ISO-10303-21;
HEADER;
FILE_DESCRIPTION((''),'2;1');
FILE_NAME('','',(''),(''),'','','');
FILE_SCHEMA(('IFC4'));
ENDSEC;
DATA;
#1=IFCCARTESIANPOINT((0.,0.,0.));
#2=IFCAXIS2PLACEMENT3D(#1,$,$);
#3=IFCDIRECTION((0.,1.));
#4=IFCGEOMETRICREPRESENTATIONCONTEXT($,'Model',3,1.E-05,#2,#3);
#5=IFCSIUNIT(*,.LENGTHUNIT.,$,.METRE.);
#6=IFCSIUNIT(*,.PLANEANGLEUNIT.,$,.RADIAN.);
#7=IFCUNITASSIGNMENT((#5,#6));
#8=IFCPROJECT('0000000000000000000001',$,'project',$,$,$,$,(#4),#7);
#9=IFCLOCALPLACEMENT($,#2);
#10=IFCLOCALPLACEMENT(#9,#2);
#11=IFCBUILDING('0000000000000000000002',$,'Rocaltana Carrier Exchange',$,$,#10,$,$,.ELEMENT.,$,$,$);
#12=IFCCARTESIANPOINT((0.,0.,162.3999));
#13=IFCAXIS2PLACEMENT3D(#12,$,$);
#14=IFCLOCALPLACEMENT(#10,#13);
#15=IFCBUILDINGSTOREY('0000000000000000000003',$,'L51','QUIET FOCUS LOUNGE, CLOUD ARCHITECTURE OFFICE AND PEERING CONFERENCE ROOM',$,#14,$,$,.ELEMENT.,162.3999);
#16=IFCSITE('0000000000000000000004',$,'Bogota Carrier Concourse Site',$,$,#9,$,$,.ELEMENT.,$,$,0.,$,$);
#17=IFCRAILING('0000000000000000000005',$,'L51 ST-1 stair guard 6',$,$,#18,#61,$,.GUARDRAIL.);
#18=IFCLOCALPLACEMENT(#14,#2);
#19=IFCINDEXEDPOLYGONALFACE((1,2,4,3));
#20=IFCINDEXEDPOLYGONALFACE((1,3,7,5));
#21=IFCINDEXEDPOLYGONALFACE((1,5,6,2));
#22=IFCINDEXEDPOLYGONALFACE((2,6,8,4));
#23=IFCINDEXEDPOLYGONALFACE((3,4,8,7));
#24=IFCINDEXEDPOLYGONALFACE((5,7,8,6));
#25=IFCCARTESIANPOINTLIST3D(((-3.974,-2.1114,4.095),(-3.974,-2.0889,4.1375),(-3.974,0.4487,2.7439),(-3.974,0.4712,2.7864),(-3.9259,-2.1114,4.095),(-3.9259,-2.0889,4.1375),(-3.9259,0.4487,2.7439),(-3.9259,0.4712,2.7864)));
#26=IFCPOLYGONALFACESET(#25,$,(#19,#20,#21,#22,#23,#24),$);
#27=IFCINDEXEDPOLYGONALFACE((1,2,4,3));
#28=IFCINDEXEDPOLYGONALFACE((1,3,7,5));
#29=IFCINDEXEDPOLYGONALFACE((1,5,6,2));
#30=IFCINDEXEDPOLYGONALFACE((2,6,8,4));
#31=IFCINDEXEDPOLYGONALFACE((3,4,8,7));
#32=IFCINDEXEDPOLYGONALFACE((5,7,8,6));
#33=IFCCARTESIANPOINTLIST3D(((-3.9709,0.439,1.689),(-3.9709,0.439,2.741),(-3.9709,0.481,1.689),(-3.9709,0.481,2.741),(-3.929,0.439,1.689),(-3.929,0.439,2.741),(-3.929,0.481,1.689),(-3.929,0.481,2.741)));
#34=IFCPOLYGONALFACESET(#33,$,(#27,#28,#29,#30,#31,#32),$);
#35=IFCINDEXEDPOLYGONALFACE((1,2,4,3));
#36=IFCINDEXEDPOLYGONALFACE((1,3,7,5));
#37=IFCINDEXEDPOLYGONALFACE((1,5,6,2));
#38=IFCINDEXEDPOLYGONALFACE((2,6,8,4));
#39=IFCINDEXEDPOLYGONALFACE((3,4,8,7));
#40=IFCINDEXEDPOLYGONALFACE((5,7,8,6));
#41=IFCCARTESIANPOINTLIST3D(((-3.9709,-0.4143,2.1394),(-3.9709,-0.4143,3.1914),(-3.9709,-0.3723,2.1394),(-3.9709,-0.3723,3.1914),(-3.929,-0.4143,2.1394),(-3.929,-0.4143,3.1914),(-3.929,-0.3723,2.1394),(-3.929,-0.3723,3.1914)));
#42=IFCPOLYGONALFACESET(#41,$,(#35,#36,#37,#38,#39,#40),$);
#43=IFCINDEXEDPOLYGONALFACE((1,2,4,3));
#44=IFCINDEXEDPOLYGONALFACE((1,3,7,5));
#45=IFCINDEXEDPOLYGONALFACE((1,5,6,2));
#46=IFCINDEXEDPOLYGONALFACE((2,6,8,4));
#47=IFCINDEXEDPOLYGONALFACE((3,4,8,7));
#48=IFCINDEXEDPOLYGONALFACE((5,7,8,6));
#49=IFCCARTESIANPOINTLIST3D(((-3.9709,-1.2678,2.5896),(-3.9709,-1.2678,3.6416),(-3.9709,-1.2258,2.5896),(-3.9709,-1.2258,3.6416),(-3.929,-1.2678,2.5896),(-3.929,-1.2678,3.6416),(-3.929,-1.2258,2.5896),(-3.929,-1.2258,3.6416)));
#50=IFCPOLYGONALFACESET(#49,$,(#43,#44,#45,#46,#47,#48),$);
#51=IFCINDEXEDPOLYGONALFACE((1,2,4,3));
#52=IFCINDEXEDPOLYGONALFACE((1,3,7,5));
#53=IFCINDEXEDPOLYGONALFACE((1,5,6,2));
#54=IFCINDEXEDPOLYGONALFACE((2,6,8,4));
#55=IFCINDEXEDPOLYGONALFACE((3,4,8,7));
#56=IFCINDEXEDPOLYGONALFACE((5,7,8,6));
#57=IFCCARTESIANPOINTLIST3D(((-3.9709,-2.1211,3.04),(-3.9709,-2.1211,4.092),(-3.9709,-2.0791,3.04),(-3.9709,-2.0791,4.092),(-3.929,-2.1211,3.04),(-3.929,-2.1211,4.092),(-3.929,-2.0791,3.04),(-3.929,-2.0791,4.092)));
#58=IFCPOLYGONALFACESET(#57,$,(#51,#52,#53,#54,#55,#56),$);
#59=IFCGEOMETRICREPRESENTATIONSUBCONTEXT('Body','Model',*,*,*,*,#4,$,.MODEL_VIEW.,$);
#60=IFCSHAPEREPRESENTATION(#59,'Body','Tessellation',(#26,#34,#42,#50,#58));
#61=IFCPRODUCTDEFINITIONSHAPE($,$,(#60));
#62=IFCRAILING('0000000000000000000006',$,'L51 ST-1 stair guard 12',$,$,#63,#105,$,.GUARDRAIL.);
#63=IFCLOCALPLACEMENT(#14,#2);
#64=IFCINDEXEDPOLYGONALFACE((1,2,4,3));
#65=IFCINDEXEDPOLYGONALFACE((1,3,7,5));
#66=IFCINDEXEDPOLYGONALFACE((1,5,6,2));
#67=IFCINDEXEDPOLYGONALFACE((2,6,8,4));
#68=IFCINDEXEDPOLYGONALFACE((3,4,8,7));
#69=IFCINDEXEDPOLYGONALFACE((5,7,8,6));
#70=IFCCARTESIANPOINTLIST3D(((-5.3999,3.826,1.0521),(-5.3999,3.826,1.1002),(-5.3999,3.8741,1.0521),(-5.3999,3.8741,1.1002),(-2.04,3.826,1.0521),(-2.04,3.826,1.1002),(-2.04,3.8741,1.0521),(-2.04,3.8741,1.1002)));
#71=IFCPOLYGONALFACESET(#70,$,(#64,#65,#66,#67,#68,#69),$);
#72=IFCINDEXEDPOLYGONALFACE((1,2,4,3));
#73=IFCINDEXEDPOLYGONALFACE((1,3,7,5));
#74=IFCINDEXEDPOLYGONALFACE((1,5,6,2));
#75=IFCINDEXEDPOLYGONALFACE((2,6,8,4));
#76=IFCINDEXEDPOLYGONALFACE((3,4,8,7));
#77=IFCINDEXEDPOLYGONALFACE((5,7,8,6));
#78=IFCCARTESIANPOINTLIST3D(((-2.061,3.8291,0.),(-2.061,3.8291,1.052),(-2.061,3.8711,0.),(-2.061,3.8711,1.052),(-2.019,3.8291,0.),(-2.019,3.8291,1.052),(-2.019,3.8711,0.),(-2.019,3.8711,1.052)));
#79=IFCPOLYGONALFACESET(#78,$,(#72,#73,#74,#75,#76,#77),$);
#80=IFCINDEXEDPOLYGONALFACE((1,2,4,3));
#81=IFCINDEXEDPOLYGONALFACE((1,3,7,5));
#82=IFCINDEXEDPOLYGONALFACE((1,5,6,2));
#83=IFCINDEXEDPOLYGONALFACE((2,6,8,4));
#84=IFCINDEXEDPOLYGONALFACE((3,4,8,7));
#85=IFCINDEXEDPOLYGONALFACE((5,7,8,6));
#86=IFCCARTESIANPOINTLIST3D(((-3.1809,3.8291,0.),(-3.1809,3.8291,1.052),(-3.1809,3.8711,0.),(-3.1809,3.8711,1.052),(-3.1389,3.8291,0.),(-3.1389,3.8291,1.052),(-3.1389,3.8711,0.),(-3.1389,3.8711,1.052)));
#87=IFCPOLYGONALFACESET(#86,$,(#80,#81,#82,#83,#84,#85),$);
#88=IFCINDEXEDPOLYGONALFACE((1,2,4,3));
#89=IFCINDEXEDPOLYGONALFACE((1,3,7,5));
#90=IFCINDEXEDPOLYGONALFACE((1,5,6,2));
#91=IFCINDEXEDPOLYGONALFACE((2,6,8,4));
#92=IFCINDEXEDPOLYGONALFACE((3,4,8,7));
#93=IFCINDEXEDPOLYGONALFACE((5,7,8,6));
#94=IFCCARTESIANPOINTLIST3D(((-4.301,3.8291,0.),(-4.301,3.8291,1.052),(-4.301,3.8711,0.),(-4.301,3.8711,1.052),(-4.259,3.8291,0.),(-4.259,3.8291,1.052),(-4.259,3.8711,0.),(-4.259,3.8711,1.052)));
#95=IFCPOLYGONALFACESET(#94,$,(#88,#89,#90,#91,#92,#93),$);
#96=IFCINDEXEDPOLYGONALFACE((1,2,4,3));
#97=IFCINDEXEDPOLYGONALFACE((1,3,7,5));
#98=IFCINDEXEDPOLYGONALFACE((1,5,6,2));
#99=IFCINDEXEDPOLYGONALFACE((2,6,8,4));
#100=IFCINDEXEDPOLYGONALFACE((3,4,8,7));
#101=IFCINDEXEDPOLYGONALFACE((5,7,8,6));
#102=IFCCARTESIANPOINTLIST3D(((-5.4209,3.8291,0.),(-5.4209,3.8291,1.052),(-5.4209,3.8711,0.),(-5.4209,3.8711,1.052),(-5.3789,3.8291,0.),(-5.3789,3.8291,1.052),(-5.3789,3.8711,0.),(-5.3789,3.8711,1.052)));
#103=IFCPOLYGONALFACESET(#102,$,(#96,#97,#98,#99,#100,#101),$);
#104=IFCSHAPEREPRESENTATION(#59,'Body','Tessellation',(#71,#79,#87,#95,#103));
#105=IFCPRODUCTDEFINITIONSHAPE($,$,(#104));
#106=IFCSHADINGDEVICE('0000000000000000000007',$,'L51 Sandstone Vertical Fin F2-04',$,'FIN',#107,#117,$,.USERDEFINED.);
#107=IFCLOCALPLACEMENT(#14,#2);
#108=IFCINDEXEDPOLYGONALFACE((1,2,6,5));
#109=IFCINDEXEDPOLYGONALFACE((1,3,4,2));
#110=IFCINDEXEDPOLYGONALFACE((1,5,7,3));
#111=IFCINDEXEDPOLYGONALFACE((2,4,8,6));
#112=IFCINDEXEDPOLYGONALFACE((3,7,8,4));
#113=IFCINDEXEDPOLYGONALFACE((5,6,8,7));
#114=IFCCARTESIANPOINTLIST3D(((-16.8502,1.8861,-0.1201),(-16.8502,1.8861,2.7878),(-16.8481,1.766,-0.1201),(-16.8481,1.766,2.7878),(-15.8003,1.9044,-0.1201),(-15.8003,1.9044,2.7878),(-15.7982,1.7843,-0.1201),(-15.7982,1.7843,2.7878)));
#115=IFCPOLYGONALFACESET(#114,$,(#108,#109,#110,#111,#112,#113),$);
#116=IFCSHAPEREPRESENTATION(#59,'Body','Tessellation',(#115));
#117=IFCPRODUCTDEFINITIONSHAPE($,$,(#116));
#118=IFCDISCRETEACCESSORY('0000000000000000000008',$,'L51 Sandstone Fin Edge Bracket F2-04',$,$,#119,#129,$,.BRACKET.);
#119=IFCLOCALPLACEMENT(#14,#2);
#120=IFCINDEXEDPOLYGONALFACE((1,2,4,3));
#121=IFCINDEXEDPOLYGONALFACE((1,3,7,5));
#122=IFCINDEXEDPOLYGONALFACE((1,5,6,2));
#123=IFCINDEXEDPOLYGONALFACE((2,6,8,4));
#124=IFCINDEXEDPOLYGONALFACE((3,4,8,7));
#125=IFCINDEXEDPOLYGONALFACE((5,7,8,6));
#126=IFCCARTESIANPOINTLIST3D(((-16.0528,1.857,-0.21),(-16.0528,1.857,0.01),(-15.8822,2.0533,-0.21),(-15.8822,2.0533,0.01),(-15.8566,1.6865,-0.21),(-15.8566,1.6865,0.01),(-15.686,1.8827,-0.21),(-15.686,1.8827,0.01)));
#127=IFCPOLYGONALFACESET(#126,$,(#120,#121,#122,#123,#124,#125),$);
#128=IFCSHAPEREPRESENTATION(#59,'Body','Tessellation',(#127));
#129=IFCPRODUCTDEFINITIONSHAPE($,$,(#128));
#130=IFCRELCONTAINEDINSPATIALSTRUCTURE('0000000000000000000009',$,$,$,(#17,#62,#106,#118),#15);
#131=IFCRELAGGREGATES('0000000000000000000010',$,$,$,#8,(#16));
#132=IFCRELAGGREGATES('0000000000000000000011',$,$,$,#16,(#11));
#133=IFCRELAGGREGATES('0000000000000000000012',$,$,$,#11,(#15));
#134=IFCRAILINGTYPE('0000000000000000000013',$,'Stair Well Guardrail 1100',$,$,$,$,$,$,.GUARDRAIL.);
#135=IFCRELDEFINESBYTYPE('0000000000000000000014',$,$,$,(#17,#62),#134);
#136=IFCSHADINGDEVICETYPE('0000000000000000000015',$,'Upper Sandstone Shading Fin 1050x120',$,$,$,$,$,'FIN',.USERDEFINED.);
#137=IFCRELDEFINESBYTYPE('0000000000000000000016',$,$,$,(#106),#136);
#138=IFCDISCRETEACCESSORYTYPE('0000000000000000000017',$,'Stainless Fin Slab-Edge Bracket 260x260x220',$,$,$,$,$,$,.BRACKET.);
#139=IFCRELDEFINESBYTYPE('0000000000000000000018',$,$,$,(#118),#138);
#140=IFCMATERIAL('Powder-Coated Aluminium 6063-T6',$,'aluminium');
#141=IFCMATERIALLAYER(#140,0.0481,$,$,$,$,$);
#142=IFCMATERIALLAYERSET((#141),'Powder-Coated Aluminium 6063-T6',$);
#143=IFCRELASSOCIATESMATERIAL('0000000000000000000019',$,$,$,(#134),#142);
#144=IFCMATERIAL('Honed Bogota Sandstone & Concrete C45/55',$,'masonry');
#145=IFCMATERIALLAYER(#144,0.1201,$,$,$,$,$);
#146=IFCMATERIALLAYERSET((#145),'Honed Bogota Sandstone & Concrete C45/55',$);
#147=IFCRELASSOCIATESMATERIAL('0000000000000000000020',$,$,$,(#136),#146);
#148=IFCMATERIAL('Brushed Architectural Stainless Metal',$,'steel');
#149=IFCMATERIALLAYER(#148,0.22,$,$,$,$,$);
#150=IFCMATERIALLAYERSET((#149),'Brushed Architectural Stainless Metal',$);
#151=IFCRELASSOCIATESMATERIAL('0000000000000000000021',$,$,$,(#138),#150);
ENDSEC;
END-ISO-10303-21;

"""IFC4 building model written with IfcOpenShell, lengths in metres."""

from ifc_helpers import new_model, si_unit, direction, frame, origin, origin_2d, place, context, subcontext, project, spatial, rectangle, extrude, material, layer, layer_set, type_object, element, save


model = new_model("IFC4")

# Units and contexts
model_context = context("Model", 3, precision=1e-05, world=origin(), true_north=direction((0.0, 1.0)))
body_context = subcontext(model_context, "Body", "Model", "MODEL_VIEW")
ifc_project = project(units=[si_unit("LENGTHUNIT", "METRE"), si_unit("PLANEANGLEUNIT", "RADIAN")], contexts=[model_context])

# Site, building, storey
site_placement = place(None, origin())
site = spatial("IfcSite", under=ifc_project, at=site_placement, Name="Bogota Carrier Concourse Site", CompositionType="ELEMENT", RefElevation=0.0)
building_placement = place(site_placement, origin())
building = spatial("IfcBuilding", under=site, at=building_placement, Name="Rocaltana Carrier Exchange", CompositionType="ELEMENT")
storey_placement = place(building_placement, frame((0.0, 0.0, 162.3999)))
storey = spatial("IfcBuildingStorey", under=building, at=storey_placement, Name="L51", Description="QUIET FOCUS LOUNGE, CLOUD ARCHITECTURE OFFICE AND PEERING CONFERENCE ROOM", CompositionType="ELEMENT", Elevation=162.3999)

# Railings
ifc_material_1 = material(Name="Powder-Coated Aluminium 6063-T6", Category="aluminium")
ifc_layer_1 = layer(ifc_material_1, 0.0481)
ifc_layer_set_1 = layer_set([ifc_layer_1], Name="Powder-Coated Aluminium 6063-T6")
railing_type_1 = type_object("IfcRailingType", Name="Stair Well Guardrail 1100", PredefinedType="GUARDRAIL", material=ifc_layer_set_1)
railing_1_placement = place(storey_placement, frame((-3.95, 0.46, 1.689)))
element("IfcRailing", 1, at=railing_1_placement, inside=storey, type_object=railing_type_1, Name="L51 ST-1 stair guard 6", PredefinedType="GUARDRAIL", context=body_context, shape_type="SweptSolid", body=[
    extrude(rectangle(XDim=0.0481, YDim=0.0481, at=origin_2d()), frame((0.0, 0.0, 1.0762), z_axis=(0.0, -0.884394, 0.46674), x_axis=(1.0, 0.0, 0.0)), (0.0, 0.0, 1.0), 2.8948),
    extrude(rectangle(XDim=0.042, YDim=0.042, at=origin_2d()), origin(), (0.0, 0.0, 1.0), 1.052),
    extrude(rectangle(XDim=0.042, YDim=0.042, at=origin_2d()), frame((0.0, -0.8533, 0.4504)), (0.0, 0.0, 1.0), 1.052),
    extrude(rectangle(XDim=0.042, YDim=0.042, at=origin_2d()), frame((0.0, -1.7068, 0.9006)), (0.0, 0.0, 1.0), 1.052),
    extrude(rectangle(XDim=0.042, YDim=0.042, at=origin_2d()), frame((0.0, -2.5601, 1.3511)), (0.0, 0.0, 1.0), 1.052),
])
railing_2_placement = place(storey_placement, frame((-2.04, 3.8501, 0.0)))
element("IfcRailing", 2, at=railing_2_placement, inside=storey, type_object=railing_type_1, Name="L51 ST-1 stair guard 12", PredefinedType="GUARDRAIL", context=body_context, shape_type="SweptSolid", body=[
    extrude(rectangle(XDim=0.0481, YDim=0.0481, at=origin_2d()), frame((0.0, 0.0, 1.0762), z_axis=(-1.0, 0.0, 0.0), x_axis=(0.0, -1.0, 0.0)), (0.0, 0.0, 1.0), 3.3599),
    extrude(rectangle(XDim=0.042, YDim=0.042, at=origin_2d()), origin(), (0.0, 0.0, 1.0), 1.052),
    extrude(rectangle(XDim=0.042, YDim=0.042, at=origin_2d()), frame((-1.1199, 0.0, 0.0)), (0.0, 0.0, 1.0), 1.052),
    extrude(rectangle(XDim=0.042, YDim=0.042, at=origin_2d()), frame((-2.24, 0.0, 0.0)), (0.0, 0.0, 1.0), 1.052),
    extrude(rectangle(XDim=0.042, YDim=0.042, at=origin_2d()), frame((-3.3599, 0.0, 0.0)), (0.0, 0.0, 1.0), 1.052),
])

# Shading device
ifc_material_2 = material(Name="Honed Bogota Sandstone & Concrete C45/55", Category="masonry")
ifc_layer_2 = layer(ifc_material_2, 0.1201)
ifc_layer_set_2 = layer_set([ifc_layer_2], Name="Honed Bogota Sandstone & Concrete C45/55")
shading_device_type = type_object("IfcShadingDeviceType", Name="Upper Sandstone Shading Fin 1050x120", ElementType="FIN", PredefinedType="USERDEFINED", material=ifc_layer_set_2)
shading_device_placement = place(storey_placement, frame((-16.3242, 1.8352, -0.1201), z_axis=(0.0, 0.0, 1.0), x_axis=(-0.999848, -0.017452, 0.0)))
element("IfcShadingDevice", 3, at=shading_device_placement, inside=storey, type_object=shading_device_type, Name="L51 Sandstone Vertical Fin F2-04", ObjectType="FIN", PredefinedType="USERDEFINED", context=body_context, shape_type="SweptSolid", body=[
    extrude(rectangle(XDim=1.05, YDim=0.1201, at=origin_2d()), origin(), (0.0, 0.0, 1.0), 2.908),
])

# Discrete accessory
ifc_material_3 = material(Name="Brushed Architectural Stainless Metal", Category="steel")
ifc_layer_3 = layer(ifc_material_3, 0.22)
ifc_layer_set_3 = layer_set([ifc_layer_3], Name="Brushed Architectural Stainless Metal")
discrete_accessory_type = type_object("IfcDiscreteAccessoryType", Name="Stainless Fin Slab-Edge Bracket 260x260x220", PredefinedType="BRACKET", material=ifc_layer_set_3)
discrete_accessory_placement = place(storey_placement, frame((-15.8694, 1.8699, -0.21), z_axis=(0.0, 0.0, 1.0), x_axis=(-0.656059, -0.75471, 0.0)))
element("IfcDiscreteAccessory", 4, at=discrete_accessory_placement, inside=storey, type_object=discrete_accessory_type, Name="L51 Sandstone Fin Edge Bracket F2-04", PredefinedType="BRACKET", context=body_context, shape_type="SweptSolid", body=[
    extrude(rectangle(XDim=0.26, YDim=0.26, at=origin_2d()), origin(), (0.0, 0.0, 1.0), 0.22),
])

save(model, "model.ifc")
